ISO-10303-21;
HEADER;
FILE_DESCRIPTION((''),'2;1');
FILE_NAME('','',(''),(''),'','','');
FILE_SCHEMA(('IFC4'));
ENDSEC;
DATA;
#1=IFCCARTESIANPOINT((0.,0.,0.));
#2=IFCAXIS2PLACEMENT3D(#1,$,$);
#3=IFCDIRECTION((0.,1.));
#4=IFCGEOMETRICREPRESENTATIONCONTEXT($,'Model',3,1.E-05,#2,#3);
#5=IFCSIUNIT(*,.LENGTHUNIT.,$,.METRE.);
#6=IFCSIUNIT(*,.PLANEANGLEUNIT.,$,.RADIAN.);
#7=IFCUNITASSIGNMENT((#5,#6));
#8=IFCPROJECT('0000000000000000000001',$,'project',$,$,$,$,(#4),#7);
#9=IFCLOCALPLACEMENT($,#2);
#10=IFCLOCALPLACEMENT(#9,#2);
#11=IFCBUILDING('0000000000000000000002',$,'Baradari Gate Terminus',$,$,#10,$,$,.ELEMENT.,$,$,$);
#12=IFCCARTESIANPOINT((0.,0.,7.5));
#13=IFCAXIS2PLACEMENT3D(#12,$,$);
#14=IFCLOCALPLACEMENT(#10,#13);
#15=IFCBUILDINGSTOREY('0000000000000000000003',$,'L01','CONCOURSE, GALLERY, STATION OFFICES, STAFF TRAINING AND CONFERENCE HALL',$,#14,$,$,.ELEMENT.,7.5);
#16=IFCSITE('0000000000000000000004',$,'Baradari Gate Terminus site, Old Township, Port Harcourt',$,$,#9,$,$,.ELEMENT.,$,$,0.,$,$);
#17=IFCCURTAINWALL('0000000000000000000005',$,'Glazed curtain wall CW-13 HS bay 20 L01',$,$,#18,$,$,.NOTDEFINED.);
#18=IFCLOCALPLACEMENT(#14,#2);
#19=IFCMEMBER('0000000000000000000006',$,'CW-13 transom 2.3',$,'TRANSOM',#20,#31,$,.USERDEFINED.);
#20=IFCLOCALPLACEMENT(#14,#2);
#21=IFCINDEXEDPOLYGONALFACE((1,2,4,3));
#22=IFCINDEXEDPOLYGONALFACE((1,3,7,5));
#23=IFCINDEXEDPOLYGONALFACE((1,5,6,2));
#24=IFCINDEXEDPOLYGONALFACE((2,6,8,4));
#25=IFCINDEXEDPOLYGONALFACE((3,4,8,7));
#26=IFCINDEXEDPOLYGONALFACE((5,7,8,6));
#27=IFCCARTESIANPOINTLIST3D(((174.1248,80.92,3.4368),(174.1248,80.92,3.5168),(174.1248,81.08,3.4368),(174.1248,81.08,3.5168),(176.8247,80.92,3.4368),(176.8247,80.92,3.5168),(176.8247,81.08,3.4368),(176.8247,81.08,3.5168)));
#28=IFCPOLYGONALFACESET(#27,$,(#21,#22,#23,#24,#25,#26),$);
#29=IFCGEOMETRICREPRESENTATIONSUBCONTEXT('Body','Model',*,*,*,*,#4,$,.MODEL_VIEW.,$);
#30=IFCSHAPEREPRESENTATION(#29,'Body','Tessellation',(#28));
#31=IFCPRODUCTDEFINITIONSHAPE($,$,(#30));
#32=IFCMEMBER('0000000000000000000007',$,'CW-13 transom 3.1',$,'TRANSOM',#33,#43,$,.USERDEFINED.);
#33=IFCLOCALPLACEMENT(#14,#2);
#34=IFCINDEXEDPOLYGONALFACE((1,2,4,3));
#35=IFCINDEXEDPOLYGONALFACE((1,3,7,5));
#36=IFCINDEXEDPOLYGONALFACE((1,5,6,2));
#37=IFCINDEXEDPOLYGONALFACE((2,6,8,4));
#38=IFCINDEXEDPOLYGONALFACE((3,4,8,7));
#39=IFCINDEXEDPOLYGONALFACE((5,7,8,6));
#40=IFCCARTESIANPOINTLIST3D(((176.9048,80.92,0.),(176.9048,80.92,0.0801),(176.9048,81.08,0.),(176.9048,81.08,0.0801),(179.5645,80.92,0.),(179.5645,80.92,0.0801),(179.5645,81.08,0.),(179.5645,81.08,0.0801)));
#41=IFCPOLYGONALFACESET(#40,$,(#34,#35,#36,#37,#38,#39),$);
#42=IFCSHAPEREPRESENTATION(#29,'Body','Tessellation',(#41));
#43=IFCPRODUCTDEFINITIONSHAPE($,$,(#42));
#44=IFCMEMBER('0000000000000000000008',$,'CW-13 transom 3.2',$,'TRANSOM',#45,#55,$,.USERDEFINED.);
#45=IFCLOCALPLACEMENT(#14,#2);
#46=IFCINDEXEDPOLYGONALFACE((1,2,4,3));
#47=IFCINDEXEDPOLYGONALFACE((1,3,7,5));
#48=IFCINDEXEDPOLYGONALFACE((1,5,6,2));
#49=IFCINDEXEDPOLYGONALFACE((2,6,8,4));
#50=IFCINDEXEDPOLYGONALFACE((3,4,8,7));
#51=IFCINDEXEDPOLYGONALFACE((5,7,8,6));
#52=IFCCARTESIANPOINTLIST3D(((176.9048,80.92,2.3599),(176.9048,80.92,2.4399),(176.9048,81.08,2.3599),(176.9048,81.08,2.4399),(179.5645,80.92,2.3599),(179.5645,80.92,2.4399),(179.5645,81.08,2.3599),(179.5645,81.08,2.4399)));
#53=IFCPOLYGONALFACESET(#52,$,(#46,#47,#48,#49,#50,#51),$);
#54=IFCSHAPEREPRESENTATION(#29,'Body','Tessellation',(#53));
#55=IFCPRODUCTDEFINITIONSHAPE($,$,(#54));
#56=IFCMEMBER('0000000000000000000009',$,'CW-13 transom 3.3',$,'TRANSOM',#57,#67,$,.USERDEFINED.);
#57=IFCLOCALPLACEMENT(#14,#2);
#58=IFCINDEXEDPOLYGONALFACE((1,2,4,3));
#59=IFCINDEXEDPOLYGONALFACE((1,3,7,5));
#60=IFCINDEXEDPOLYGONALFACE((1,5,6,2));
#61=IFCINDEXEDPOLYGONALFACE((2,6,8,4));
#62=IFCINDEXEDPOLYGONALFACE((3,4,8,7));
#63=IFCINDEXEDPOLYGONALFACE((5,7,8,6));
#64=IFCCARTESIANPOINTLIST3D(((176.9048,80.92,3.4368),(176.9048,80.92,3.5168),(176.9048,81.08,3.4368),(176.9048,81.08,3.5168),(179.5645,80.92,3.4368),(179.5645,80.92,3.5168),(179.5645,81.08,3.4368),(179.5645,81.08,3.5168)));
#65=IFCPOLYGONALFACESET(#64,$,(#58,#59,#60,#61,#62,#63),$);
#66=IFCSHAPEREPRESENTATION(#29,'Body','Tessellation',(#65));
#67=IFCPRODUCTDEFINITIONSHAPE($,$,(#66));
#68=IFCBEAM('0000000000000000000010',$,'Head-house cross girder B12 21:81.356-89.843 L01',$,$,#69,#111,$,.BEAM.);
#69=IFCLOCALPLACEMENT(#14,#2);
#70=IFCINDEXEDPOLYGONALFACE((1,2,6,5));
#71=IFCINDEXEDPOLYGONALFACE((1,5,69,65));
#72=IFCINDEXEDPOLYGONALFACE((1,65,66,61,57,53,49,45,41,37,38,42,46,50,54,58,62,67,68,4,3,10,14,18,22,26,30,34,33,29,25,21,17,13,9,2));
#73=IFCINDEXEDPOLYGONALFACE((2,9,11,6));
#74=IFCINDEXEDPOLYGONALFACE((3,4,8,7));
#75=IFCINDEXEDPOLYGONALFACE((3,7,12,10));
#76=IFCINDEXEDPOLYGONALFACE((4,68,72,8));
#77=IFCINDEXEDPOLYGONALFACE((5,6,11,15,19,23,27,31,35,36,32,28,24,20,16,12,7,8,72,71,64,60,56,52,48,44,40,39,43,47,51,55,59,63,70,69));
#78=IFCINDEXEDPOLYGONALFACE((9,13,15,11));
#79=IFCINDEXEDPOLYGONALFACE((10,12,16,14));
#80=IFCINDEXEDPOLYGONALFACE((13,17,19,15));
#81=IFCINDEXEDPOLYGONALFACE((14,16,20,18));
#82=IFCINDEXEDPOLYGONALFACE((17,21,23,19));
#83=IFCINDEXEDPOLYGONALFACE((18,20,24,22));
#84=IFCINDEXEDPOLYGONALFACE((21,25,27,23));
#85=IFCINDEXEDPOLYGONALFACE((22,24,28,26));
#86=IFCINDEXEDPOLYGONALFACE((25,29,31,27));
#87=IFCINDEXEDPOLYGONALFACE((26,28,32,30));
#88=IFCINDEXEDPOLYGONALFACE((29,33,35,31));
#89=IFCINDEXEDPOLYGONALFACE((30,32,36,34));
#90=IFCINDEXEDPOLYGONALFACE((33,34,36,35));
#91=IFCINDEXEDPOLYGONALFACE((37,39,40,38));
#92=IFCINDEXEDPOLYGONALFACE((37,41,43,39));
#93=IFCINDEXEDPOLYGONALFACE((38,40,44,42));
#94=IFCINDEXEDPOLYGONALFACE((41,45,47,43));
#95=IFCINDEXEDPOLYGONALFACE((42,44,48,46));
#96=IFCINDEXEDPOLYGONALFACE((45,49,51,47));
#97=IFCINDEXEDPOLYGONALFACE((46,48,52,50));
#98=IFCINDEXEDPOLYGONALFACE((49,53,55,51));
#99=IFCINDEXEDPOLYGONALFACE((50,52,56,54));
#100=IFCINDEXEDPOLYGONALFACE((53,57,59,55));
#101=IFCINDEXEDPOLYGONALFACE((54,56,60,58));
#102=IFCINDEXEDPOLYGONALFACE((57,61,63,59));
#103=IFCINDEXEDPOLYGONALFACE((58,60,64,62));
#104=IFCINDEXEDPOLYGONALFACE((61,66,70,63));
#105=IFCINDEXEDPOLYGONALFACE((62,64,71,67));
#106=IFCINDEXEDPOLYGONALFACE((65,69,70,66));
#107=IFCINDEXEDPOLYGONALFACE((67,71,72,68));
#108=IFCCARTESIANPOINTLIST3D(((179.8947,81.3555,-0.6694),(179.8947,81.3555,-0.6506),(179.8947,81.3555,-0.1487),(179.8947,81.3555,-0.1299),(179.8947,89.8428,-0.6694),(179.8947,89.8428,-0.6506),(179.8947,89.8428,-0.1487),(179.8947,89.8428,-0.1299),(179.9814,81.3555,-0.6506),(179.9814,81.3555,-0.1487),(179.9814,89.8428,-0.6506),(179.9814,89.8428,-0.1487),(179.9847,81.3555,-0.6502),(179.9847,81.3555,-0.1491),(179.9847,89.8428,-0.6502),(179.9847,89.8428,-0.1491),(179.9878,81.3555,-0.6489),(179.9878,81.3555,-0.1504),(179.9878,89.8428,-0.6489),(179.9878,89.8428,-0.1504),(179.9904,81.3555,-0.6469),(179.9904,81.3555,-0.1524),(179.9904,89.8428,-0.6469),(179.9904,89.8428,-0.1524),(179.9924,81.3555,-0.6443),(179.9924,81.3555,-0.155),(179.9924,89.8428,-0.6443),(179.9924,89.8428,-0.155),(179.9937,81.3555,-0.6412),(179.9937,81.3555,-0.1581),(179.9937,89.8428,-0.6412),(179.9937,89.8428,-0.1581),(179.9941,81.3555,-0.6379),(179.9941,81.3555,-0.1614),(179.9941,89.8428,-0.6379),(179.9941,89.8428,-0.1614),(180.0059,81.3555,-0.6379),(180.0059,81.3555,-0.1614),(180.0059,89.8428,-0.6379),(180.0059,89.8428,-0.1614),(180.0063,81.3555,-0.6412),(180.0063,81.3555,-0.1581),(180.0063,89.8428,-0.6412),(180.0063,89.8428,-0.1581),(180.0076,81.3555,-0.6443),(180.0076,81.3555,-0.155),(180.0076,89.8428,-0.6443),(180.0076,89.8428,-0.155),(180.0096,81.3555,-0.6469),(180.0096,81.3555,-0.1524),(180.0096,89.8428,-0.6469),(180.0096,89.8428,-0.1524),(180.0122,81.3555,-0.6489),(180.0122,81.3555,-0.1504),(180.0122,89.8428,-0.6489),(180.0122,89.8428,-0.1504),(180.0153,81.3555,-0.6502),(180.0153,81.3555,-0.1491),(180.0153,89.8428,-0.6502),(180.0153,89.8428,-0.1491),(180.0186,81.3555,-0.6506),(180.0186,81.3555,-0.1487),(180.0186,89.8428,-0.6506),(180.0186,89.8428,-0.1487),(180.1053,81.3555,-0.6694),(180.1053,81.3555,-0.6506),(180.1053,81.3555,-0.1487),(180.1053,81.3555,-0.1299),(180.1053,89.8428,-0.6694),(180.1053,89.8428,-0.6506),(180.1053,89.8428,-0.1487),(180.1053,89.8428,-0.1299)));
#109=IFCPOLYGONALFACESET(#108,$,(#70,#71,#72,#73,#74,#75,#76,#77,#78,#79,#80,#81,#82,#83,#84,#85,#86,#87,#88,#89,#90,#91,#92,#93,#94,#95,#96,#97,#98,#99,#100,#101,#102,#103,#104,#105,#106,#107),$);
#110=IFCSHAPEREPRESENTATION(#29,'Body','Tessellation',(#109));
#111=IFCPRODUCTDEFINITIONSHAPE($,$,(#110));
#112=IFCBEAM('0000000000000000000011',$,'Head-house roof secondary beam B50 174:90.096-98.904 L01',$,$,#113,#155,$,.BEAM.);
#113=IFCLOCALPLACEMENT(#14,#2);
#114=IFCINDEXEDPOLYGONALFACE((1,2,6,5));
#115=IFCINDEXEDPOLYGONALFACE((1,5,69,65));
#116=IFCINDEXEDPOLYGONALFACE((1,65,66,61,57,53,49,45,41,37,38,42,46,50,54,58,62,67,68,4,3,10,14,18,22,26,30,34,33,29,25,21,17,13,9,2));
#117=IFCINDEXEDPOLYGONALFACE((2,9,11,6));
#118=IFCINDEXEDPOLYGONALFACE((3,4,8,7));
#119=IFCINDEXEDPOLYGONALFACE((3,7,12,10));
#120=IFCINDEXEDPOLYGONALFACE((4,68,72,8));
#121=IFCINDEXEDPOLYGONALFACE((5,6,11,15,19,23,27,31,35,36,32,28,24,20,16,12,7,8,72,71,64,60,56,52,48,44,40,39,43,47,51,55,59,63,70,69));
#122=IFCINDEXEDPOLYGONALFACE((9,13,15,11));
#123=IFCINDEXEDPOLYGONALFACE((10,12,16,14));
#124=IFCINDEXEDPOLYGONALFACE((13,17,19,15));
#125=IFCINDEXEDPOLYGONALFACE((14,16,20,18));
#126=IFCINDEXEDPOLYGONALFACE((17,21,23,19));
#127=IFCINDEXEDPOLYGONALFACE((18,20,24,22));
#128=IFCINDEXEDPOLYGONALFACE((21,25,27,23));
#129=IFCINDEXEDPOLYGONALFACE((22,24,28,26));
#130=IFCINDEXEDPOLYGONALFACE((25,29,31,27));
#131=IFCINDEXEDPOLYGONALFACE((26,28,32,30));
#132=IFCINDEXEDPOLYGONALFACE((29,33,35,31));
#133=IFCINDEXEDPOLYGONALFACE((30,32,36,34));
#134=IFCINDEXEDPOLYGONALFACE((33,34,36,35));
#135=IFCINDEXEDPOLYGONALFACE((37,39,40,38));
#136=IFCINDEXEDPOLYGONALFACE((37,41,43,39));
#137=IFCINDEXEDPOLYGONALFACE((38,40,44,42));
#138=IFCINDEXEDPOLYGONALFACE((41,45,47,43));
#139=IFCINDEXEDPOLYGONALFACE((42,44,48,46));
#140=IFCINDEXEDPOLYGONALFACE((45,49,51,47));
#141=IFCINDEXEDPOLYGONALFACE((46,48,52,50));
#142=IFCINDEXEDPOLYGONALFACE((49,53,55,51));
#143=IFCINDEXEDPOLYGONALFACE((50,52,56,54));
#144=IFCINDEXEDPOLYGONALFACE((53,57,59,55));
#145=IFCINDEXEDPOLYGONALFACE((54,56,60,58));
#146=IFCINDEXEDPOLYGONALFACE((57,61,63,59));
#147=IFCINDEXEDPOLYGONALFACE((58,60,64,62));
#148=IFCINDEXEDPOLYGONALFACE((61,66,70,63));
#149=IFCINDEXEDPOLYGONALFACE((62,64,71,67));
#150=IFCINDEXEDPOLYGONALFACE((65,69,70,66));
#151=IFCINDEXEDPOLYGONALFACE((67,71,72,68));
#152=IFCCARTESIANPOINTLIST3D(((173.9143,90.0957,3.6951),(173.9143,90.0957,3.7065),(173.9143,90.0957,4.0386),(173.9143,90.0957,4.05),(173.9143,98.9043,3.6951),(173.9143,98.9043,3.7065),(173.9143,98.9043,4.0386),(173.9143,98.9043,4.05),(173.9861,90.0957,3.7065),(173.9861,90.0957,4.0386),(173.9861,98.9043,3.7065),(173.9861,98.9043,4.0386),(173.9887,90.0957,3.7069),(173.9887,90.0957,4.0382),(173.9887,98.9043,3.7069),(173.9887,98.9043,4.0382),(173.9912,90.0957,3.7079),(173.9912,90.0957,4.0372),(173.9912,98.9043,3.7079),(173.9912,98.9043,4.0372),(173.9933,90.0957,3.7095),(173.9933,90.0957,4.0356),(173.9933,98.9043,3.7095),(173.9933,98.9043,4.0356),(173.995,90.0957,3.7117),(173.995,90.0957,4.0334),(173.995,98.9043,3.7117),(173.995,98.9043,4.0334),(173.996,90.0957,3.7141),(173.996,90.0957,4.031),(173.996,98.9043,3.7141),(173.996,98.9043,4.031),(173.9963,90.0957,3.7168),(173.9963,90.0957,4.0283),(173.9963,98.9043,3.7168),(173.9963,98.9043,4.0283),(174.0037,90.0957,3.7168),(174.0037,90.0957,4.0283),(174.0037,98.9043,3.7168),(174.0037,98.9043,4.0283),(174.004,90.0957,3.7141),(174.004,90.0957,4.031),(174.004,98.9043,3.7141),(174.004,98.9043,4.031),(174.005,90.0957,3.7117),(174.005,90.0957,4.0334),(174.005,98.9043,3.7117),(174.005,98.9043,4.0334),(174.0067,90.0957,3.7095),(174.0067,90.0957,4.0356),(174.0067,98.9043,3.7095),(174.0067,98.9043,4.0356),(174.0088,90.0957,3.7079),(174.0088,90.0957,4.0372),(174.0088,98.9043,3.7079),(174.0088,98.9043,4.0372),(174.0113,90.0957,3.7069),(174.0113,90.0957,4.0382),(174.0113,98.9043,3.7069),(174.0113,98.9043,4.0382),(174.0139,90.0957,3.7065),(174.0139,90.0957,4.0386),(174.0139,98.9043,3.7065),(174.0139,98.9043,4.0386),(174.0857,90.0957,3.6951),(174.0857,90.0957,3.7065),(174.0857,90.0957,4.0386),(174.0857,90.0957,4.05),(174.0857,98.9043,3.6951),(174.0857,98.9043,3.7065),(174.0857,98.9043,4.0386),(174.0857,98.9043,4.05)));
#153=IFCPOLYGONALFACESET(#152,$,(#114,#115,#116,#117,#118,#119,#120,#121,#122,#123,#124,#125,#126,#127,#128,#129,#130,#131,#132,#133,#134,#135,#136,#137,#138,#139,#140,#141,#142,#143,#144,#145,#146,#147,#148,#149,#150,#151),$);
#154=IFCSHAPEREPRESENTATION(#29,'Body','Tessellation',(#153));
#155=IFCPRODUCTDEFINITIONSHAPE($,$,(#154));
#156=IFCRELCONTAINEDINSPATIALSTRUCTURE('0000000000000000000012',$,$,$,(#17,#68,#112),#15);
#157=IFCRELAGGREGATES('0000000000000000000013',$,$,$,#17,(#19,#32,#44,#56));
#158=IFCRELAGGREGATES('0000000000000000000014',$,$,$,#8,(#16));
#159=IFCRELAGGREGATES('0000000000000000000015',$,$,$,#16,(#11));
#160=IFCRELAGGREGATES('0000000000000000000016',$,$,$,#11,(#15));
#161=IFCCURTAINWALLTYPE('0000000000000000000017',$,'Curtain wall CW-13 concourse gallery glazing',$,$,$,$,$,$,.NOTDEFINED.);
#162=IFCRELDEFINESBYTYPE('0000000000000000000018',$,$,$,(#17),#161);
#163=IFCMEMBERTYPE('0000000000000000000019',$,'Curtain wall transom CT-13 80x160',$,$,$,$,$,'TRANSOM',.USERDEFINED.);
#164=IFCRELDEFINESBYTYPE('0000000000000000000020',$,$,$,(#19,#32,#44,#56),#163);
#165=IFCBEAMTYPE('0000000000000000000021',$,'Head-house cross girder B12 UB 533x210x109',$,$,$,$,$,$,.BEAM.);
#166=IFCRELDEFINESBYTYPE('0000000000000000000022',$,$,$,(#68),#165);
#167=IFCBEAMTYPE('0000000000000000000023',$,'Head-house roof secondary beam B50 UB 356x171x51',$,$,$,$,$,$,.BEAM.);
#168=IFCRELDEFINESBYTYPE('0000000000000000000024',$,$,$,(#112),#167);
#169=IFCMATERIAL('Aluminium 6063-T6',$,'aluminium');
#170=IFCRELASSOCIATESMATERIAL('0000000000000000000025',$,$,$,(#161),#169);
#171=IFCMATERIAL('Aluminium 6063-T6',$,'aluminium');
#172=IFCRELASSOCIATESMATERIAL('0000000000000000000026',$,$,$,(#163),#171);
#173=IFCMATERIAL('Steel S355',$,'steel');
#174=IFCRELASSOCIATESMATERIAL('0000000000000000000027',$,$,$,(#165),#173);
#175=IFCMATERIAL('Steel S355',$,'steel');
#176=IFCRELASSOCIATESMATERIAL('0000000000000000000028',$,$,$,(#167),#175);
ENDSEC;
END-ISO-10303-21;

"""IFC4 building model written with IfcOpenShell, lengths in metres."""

from ifc_helpers import new_model, si_unit, direction, frame, origin, origin_2d, place, context, subcontext, project, spatial, rectangle, i_section, extrude, material, material_profile, profile_set, type_object, element, aggregate, save


model = new_model("IFC4")

# Units and contexts
model_context = context("Model", 3, precision=1e-05, world=origin(), true_north=direction((0.0, 1.0)))
body_context = subcontext(model_context, "Body", "Model", "MODEL_VIEW")
ifc_project = project(units=[si_unit("LENGTHUNIT", "METRE"), si_unit("PLANEANGLEUNIT", "RADIAN")], contexts=[model_context])

# Site, building, storey
site_placement = place(None, origin())
site = spatial("IfcSite", under=ifc_project, at=site_placement, Name="Baradari Gate Terminus site, Old Township, Port Harcourt", CompositionType="ELEMENT", RefElevation=0.0)
building_placement = place(site_placement, origin())
building = spatial("IfcBuilding", under=site, at=building_placement, Name="Baradari Gate Terminus", CompositionType="ELEMENT")
storey_placement = place(building_placement, frame((0.0, 0.0, 7.5)))
storey = spatial("IfcBuildingStorey", under=building, at=storey_placement, Name="L01", Description="CONCOURSE, GALLERY, STATION OFFICES, STAFF TRAINING AND CONFERENCE HALL", CompositionType="ELEMENT", Elevation=7.5)

# Curtain wall, members
ifc_material_1 = material(Name="Aluminium 6063-T6", Category="aluminium")
curtain_wall_type = type_object("IfcCurtainWallType", Name="Curtain wall CW-13 concourse gallery glazing", PredefinedType="NOTDEFINED", material=ifc_material_1)
curtain_wall_placement = place(storey_placement, origin())
curtain_wall = element("IfcCurtainWall", 1, at=curtain_wall_placement, inside=storey, type_object=curtain_wall_type, Name="Glazed curtain wall CW-13 HS bay 20 L01", PredefinedType="NOTDEFINED")
ifc_material_2 = material(Name="Aluminium 6063-T6", Category="aluminium")
ifc_material_profile_1 = material_profile(ifc_material_2, rectangle(XDim=0.1599, YDim=0.0801, at=origin_2d()), Name="CT-13 80X160")
ifc_profile_set_1 = profile_set([ifc_material_profile_1], Name="Aluminium 6063-T6")
member_type_1 = type_object("IfcMemberType", Name="Curtain wall transom CT-13 80x160", ElementType="TRANSOM", PredefinedType="USERDEFINED", material=ifc_profile_set_1)
member_1_placement = place(storey_placement, frame((174.1248, 81.0, 3.4768), z_axis=(1.0, 0.0, 0.0), x_axis=(0.0, 1.0, 0.0)))
member_1 = element("IfcMember", 2, at=member_1_placement, type_object=member_type_1, Name="CW-13 transom 2.3", ObjectType="TRANSOM", PredefinedType="USERDEFINED", context=body_context, shape_type="SweptSolid", body=[
    extrude(rectangle(XDim=0.1599, YDim=0.0801, at=origin_2d()), origin(), (0.0, 0.0, 1.0), 2.7),
])
member_2_placement = place(storey_placement, frame((176.9048, 81.0, 0.04), z_axis=(1.0, 0.0, 0.0), x_axis=(0.0, 1.0, 0.0)))
member_2 = element("IfcMember", 3, at=member_2_placement, type_object=member_type_1, Name="CW-13 transom 3.1", ObjectType="TRANSOM", PredefinedType="USERDEFINED", context=body_context, shape_type="SweptSolid", body=[
    extrude(rectangle(XDim=0.1599, YDim=0.0801, at=origin_2d()), origin(), (0.0, 0.0, 1.0), 2.6597),
])
member_3_placement = place(storey_placement, frame((176.9048, 81.0, 2.3999), z_axis=(1.0, 0.0, 0.0), x_axis=(0.0, 1.0, 0.0)))
member_3 = element("IfcMember", 4, at=member_3_placement, type_object=member_type_1, Name="CW-13 transom 3.2", ObjectType="TRANSOM", PredefinedType="USERDEFINED", context=body_context, shape_type="SweptSolid", body=[
    extrude(rectangle(XDim=0.1599, YDim=0.0801, at=origin_2d()), origin(), (0.0, 0.0, 1.0), 2.6597),
])
member_4_placement = place(storey_placement, frame((176.9048, 81.0, 3.4768), z_axis=(1.0, 0.0, 0.0), x_axis=(0.0, 1.0, 0.0)))
member_4 = element("IfcMember", 5, at=member_4_placement, type_object=member_type_1, Name="CW-13 transom 3.3", ObjectType="TRANSOM", PredefinedType="USERDEFINED", context=body_context, shape_type="SweptSolid", body=[
    extrude(rectangle(XDim=0.1599, YDim=0.0801, at=origin_2d()), origin(), (0.0, 0.0, 1.0), 2.6597),
])

# Beams
ifc_material_3 = material(Name="Steel S355", Category="steel")
ifc_material_profile_2 = material_profile(ifc_material_3, i_section(OverallWidth=0.2107, OverallDepth=0.5396, WebThickness=0.0117, FlangeThickness=0.0188, FilletRadius=0.0127, at=origin_2d()), Name="UB 533x210x109")
ifc_profile_set_2 = profile_set([ifc_material_profile_2], Name="Steel S355")
beam_type_1 = type_object("IfcBeamType", Name="Head-house cross girder B12 UB 533x210x109", PredefinedType="BEAM", material=ifc_profile_set_2)
beam_1_placement = place(storey_placement, frame((180.0, 81.3555, -0.3997), z_axis=(0.0, 1.0, 0.0), x_axis=(-1.0, 0.0, 0.0)))
element("IfcBeam", 6, at=beam_1_placement, inside=storey, type_object=beam_type_1, Name="Head-house cross girder B12 21:81.356-89.843 L01", PredefinedType="BEAM", context=body_context, shape_type="SweptSolid", body=[
    extrude(i_section(OverallWidth=0.2107, OverallDepth=0.5396, WebThickness=0.0117, FlangeThickness=0.0188, FilletRadius=0.0127, at=origin_2d()), origin(), (0.0, 0.0, 1.0), 8.4873),
])
ifc_material_4 = material(Name="Steel S355", Category="steel")
ifc_material_profile_3 = material_profile(ifc_material_4, i_section(OverallWidth=0.1714, OverallDepth=0.355, WebThickness=0.0073, FlangeThickness=0.0115, FilletRadius=0.0103, at=origin_2d()), Name="UB 356x171x51")
ifc_profile_set_3 = profile_set([ifc_material_profile_3], Name="Steel S355")
beam_type_2 = type_object("IfcBeamType", Name="Head-house roof secondary beam B50 UB 356x171x51", PredefinedType="BEAM", material=ifc_profile_set_3)
beam_2_placement = place(storey_placement, frame((174.0, 90.0957, 3.8726), z_axis=(0.0, 1.0, 0.0), x_axis=(-1.0, 0.0, 0.0)))
element("IfcBeam", 7, at=beam_2_placement, inside=storey, type_object=beam_type_2, Name="Head-house roof secondary beam B50 174:90.096-98.904 L01", PredefinedType="BEAM", context=body_context, shape_type="SweptSolid", body=[
    extrude(i_section(OverallWidth=0.1714, OverallDepth=0.355, WebThickness=0.0073, FlangeThickness=0.0115, FilletRadius=0.0103, at=origin_2d()), origin(), (0.0, 0.0, 1.0), 8.8086),
])

aggregate(curtain_wall, [member_1, member_2, member_3, member_4])

save(model, "model.ifc")
